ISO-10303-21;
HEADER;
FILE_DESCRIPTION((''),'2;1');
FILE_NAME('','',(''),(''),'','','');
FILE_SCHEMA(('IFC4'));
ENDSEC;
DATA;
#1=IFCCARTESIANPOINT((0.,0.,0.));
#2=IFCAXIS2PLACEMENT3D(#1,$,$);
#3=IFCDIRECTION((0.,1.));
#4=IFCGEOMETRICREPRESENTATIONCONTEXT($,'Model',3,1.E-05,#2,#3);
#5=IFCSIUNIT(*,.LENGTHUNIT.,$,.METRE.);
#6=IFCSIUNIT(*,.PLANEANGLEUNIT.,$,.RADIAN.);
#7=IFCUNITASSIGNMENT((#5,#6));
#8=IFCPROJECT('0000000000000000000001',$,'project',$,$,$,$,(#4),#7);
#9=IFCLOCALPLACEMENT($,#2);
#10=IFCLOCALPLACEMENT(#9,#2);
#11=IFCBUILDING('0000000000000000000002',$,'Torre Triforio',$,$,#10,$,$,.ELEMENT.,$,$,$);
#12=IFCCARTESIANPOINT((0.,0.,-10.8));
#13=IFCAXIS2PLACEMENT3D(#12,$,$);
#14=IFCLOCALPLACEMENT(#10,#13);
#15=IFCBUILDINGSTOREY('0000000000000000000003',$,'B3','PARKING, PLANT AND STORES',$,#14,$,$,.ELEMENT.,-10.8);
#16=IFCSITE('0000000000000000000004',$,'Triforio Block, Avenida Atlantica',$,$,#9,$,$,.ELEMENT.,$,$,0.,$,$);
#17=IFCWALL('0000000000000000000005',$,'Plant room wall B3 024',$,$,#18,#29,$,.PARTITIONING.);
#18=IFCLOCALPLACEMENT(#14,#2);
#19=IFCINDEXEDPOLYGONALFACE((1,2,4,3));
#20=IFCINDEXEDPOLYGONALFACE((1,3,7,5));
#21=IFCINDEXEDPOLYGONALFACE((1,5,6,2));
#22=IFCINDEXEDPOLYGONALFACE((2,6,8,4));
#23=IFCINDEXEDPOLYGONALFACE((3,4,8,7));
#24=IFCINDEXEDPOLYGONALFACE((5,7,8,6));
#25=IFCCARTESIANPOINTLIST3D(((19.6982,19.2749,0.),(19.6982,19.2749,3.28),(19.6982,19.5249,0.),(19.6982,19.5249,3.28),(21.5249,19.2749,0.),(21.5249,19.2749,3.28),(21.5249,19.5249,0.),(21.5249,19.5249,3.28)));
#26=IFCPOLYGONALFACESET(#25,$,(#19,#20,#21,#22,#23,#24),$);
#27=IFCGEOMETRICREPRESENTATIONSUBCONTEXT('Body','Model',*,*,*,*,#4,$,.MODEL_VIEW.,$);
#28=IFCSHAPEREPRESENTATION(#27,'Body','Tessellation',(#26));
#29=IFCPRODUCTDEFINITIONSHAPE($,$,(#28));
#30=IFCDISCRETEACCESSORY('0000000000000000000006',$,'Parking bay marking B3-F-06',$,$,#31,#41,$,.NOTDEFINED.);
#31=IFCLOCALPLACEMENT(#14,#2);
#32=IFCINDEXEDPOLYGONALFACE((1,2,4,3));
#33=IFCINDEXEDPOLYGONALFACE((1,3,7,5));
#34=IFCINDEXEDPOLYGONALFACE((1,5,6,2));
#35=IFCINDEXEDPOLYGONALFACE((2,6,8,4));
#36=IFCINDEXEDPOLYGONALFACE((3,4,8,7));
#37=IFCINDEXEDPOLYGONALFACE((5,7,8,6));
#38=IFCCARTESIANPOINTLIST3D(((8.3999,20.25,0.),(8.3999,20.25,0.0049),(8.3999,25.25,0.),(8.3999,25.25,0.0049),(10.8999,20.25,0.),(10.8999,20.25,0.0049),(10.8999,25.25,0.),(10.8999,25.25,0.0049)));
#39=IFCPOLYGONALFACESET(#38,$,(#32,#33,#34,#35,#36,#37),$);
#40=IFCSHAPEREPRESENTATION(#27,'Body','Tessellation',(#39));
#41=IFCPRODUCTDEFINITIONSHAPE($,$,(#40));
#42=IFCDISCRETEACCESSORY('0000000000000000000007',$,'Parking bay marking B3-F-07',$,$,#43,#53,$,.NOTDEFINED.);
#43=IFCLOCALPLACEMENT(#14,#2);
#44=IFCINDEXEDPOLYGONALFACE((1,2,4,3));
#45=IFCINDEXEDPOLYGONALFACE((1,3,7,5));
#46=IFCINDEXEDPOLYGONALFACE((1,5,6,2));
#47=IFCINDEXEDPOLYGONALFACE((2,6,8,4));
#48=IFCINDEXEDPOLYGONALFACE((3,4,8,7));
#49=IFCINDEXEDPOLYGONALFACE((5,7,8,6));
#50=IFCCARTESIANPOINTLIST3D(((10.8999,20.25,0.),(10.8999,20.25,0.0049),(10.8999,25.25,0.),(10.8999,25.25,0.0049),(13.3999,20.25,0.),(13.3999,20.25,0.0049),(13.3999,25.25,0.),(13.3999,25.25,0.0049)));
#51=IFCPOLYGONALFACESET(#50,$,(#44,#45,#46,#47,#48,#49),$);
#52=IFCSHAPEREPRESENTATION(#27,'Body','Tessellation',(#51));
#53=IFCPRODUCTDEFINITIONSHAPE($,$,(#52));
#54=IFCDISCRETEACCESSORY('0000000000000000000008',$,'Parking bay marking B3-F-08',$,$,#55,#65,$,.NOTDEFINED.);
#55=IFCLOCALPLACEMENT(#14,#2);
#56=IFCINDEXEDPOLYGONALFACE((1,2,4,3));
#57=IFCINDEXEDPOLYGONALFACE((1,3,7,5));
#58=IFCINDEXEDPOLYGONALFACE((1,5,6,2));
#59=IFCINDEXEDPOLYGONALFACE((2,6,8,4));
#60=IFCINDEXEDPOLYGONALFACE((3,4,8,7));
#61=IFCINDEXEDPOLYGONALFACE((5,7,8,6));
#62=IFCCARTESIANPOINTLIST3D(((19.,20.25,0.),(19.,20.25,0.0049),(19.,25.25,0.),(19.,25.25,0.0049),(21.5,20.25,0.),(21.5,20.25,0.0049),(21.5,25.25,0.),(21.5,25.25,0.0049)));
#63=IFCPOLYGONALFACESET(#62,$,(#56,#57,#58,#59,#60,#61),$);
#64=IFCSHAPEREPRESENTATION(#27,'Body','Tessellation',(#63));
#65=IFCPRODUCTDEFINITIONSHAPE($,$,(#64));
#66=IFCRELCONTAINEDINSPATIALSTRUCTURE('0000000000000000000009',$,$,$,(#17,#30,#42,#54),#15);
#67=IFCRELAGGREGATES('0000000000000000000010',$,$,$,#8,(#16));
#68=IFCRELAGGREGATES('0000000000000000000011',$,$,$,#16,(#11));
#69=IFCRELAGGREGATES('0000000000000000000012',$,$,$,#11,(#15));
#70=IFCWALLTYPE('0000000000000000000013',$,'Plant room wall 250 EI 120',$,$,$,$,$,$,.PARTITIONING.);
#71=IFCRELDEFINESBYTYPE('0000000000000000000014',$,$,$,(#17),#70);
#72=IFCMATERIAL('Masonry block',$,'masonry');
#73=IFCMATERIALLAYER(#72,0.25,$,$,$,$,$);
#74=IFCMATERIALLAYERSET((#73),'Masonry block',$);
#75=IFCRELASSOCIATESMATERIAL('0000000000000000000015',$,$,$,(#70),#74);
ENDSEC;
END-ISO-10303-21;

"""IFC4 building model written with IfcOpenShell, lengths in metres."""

from ifc_helpers import new_model, si_unit, direction, frame, frame_2d, origin, origin_2d, place, context, subcontext, project, spatial, rectangle, extrude, material, layer, layer_set, type_object, element, save


model = new_model("IFC4")

# Units and contexts
model_context = context("Model", 3, precision=1e-05, world=origin(), true_north=direction((0.0, 1.0)))
body_context = subcontext(model_context, "Body", "Model", "MODEL_VIEW")
ifc_project = project(units=[si_unit("LENGTHUNIT", "METRE"), si_unit("PLANEANGLEUNIT", "RADIAN")], contexts=[model_context])

# Site, building, storey
site_placement = place(None, origin())
site = spatial("IfcSite", under=ifc_project, at=site_placement, Name="Triforio Block, Avenida Atlantica", CompositionType="ELEMENT", RefElevation=0.0)
building_placement = place(site_placement, origin())
building = spatial("IfcBuilding", under=site, at=building_placement, Name="Torre Triforio", CompositionType="ELEMENT")
storey_placement = place(building_placement, frame((0.0, 0.0, -10.8)))
storey = spatial("IfcBuildingStorey", under=building, at=storey_placement, Name="B3", Description="PARKING, PLANT AND STORES", CompositionType="ELEMENT", Elevation=-10.8)

# Wall
ifc_material_1 = material(Name="Masonry block", Category="masonry")
ifc_layer = layer(ifc_material_1, 0.25)
ifc_layer_set = layer_set([ifc_layer], Name="Masonry block")
wall_type = type_object("IfcWallType", Name="Plant room wall 250 EI 120", PredefinedType="PARTITIONING", material=ifc_layer_set)
wall_placement = place(storey_placement, frame((19.6982, 19.3999, 0.0), z_axis=(0.0, 0.0, 1.0), x_axis=(1.0, 0.0, 0.0)))
element("IfcWall", 1, at=wall_placement, inside=storey, type_object=wall_type, Name="Plant room wall B3 024", PredefinedType="PARTITIONING", context=body_context, shape_type="SweptSolid", body=[
    extrude(rectangle(XDim=1.8267, YDim=0.25, at=frame_2d((0.9133, 0.0))), origin(), (0.0, 0.0, 1.0), 3.28),
])

# Discrete accessories
for number, where, z_axis, x_axis, name in (
    (2, (9.6499, 22.75, 0.0), (0.0, 0.0, 1.0), (1.0, 0.0, 0.0), "Parking bay marking B3-F-06"),
    (3, (12.1499, 22.75, 0.0), (0.0, 0.0, 1.0), (1.0, 0.0, 0.0), "Parking bay marking B3-F-07"),
    (4, (20.25, 22.75, 0.0), (0.0, 0.0, 1.0), (1.0, 0.0, 0.0), "Parking bay marking B3-F-08"),
):
    element("IfcDiscreteAccessory", number, at=place(storey_placement, frame(where, z_axis=z_axis, x_axis=x_axis)), inside=storey, Name=name, PredefinedType="NOTDEFINED", context=body_context, shape_type="SweptSolid", body=[
        extrude(rectangle(XDim=2.5, YDim=5.0, at=origin_2d()), origin(), (0.0, 0.0, 1.0), 0.0049),
    ])

save(model, "model.ifc")
